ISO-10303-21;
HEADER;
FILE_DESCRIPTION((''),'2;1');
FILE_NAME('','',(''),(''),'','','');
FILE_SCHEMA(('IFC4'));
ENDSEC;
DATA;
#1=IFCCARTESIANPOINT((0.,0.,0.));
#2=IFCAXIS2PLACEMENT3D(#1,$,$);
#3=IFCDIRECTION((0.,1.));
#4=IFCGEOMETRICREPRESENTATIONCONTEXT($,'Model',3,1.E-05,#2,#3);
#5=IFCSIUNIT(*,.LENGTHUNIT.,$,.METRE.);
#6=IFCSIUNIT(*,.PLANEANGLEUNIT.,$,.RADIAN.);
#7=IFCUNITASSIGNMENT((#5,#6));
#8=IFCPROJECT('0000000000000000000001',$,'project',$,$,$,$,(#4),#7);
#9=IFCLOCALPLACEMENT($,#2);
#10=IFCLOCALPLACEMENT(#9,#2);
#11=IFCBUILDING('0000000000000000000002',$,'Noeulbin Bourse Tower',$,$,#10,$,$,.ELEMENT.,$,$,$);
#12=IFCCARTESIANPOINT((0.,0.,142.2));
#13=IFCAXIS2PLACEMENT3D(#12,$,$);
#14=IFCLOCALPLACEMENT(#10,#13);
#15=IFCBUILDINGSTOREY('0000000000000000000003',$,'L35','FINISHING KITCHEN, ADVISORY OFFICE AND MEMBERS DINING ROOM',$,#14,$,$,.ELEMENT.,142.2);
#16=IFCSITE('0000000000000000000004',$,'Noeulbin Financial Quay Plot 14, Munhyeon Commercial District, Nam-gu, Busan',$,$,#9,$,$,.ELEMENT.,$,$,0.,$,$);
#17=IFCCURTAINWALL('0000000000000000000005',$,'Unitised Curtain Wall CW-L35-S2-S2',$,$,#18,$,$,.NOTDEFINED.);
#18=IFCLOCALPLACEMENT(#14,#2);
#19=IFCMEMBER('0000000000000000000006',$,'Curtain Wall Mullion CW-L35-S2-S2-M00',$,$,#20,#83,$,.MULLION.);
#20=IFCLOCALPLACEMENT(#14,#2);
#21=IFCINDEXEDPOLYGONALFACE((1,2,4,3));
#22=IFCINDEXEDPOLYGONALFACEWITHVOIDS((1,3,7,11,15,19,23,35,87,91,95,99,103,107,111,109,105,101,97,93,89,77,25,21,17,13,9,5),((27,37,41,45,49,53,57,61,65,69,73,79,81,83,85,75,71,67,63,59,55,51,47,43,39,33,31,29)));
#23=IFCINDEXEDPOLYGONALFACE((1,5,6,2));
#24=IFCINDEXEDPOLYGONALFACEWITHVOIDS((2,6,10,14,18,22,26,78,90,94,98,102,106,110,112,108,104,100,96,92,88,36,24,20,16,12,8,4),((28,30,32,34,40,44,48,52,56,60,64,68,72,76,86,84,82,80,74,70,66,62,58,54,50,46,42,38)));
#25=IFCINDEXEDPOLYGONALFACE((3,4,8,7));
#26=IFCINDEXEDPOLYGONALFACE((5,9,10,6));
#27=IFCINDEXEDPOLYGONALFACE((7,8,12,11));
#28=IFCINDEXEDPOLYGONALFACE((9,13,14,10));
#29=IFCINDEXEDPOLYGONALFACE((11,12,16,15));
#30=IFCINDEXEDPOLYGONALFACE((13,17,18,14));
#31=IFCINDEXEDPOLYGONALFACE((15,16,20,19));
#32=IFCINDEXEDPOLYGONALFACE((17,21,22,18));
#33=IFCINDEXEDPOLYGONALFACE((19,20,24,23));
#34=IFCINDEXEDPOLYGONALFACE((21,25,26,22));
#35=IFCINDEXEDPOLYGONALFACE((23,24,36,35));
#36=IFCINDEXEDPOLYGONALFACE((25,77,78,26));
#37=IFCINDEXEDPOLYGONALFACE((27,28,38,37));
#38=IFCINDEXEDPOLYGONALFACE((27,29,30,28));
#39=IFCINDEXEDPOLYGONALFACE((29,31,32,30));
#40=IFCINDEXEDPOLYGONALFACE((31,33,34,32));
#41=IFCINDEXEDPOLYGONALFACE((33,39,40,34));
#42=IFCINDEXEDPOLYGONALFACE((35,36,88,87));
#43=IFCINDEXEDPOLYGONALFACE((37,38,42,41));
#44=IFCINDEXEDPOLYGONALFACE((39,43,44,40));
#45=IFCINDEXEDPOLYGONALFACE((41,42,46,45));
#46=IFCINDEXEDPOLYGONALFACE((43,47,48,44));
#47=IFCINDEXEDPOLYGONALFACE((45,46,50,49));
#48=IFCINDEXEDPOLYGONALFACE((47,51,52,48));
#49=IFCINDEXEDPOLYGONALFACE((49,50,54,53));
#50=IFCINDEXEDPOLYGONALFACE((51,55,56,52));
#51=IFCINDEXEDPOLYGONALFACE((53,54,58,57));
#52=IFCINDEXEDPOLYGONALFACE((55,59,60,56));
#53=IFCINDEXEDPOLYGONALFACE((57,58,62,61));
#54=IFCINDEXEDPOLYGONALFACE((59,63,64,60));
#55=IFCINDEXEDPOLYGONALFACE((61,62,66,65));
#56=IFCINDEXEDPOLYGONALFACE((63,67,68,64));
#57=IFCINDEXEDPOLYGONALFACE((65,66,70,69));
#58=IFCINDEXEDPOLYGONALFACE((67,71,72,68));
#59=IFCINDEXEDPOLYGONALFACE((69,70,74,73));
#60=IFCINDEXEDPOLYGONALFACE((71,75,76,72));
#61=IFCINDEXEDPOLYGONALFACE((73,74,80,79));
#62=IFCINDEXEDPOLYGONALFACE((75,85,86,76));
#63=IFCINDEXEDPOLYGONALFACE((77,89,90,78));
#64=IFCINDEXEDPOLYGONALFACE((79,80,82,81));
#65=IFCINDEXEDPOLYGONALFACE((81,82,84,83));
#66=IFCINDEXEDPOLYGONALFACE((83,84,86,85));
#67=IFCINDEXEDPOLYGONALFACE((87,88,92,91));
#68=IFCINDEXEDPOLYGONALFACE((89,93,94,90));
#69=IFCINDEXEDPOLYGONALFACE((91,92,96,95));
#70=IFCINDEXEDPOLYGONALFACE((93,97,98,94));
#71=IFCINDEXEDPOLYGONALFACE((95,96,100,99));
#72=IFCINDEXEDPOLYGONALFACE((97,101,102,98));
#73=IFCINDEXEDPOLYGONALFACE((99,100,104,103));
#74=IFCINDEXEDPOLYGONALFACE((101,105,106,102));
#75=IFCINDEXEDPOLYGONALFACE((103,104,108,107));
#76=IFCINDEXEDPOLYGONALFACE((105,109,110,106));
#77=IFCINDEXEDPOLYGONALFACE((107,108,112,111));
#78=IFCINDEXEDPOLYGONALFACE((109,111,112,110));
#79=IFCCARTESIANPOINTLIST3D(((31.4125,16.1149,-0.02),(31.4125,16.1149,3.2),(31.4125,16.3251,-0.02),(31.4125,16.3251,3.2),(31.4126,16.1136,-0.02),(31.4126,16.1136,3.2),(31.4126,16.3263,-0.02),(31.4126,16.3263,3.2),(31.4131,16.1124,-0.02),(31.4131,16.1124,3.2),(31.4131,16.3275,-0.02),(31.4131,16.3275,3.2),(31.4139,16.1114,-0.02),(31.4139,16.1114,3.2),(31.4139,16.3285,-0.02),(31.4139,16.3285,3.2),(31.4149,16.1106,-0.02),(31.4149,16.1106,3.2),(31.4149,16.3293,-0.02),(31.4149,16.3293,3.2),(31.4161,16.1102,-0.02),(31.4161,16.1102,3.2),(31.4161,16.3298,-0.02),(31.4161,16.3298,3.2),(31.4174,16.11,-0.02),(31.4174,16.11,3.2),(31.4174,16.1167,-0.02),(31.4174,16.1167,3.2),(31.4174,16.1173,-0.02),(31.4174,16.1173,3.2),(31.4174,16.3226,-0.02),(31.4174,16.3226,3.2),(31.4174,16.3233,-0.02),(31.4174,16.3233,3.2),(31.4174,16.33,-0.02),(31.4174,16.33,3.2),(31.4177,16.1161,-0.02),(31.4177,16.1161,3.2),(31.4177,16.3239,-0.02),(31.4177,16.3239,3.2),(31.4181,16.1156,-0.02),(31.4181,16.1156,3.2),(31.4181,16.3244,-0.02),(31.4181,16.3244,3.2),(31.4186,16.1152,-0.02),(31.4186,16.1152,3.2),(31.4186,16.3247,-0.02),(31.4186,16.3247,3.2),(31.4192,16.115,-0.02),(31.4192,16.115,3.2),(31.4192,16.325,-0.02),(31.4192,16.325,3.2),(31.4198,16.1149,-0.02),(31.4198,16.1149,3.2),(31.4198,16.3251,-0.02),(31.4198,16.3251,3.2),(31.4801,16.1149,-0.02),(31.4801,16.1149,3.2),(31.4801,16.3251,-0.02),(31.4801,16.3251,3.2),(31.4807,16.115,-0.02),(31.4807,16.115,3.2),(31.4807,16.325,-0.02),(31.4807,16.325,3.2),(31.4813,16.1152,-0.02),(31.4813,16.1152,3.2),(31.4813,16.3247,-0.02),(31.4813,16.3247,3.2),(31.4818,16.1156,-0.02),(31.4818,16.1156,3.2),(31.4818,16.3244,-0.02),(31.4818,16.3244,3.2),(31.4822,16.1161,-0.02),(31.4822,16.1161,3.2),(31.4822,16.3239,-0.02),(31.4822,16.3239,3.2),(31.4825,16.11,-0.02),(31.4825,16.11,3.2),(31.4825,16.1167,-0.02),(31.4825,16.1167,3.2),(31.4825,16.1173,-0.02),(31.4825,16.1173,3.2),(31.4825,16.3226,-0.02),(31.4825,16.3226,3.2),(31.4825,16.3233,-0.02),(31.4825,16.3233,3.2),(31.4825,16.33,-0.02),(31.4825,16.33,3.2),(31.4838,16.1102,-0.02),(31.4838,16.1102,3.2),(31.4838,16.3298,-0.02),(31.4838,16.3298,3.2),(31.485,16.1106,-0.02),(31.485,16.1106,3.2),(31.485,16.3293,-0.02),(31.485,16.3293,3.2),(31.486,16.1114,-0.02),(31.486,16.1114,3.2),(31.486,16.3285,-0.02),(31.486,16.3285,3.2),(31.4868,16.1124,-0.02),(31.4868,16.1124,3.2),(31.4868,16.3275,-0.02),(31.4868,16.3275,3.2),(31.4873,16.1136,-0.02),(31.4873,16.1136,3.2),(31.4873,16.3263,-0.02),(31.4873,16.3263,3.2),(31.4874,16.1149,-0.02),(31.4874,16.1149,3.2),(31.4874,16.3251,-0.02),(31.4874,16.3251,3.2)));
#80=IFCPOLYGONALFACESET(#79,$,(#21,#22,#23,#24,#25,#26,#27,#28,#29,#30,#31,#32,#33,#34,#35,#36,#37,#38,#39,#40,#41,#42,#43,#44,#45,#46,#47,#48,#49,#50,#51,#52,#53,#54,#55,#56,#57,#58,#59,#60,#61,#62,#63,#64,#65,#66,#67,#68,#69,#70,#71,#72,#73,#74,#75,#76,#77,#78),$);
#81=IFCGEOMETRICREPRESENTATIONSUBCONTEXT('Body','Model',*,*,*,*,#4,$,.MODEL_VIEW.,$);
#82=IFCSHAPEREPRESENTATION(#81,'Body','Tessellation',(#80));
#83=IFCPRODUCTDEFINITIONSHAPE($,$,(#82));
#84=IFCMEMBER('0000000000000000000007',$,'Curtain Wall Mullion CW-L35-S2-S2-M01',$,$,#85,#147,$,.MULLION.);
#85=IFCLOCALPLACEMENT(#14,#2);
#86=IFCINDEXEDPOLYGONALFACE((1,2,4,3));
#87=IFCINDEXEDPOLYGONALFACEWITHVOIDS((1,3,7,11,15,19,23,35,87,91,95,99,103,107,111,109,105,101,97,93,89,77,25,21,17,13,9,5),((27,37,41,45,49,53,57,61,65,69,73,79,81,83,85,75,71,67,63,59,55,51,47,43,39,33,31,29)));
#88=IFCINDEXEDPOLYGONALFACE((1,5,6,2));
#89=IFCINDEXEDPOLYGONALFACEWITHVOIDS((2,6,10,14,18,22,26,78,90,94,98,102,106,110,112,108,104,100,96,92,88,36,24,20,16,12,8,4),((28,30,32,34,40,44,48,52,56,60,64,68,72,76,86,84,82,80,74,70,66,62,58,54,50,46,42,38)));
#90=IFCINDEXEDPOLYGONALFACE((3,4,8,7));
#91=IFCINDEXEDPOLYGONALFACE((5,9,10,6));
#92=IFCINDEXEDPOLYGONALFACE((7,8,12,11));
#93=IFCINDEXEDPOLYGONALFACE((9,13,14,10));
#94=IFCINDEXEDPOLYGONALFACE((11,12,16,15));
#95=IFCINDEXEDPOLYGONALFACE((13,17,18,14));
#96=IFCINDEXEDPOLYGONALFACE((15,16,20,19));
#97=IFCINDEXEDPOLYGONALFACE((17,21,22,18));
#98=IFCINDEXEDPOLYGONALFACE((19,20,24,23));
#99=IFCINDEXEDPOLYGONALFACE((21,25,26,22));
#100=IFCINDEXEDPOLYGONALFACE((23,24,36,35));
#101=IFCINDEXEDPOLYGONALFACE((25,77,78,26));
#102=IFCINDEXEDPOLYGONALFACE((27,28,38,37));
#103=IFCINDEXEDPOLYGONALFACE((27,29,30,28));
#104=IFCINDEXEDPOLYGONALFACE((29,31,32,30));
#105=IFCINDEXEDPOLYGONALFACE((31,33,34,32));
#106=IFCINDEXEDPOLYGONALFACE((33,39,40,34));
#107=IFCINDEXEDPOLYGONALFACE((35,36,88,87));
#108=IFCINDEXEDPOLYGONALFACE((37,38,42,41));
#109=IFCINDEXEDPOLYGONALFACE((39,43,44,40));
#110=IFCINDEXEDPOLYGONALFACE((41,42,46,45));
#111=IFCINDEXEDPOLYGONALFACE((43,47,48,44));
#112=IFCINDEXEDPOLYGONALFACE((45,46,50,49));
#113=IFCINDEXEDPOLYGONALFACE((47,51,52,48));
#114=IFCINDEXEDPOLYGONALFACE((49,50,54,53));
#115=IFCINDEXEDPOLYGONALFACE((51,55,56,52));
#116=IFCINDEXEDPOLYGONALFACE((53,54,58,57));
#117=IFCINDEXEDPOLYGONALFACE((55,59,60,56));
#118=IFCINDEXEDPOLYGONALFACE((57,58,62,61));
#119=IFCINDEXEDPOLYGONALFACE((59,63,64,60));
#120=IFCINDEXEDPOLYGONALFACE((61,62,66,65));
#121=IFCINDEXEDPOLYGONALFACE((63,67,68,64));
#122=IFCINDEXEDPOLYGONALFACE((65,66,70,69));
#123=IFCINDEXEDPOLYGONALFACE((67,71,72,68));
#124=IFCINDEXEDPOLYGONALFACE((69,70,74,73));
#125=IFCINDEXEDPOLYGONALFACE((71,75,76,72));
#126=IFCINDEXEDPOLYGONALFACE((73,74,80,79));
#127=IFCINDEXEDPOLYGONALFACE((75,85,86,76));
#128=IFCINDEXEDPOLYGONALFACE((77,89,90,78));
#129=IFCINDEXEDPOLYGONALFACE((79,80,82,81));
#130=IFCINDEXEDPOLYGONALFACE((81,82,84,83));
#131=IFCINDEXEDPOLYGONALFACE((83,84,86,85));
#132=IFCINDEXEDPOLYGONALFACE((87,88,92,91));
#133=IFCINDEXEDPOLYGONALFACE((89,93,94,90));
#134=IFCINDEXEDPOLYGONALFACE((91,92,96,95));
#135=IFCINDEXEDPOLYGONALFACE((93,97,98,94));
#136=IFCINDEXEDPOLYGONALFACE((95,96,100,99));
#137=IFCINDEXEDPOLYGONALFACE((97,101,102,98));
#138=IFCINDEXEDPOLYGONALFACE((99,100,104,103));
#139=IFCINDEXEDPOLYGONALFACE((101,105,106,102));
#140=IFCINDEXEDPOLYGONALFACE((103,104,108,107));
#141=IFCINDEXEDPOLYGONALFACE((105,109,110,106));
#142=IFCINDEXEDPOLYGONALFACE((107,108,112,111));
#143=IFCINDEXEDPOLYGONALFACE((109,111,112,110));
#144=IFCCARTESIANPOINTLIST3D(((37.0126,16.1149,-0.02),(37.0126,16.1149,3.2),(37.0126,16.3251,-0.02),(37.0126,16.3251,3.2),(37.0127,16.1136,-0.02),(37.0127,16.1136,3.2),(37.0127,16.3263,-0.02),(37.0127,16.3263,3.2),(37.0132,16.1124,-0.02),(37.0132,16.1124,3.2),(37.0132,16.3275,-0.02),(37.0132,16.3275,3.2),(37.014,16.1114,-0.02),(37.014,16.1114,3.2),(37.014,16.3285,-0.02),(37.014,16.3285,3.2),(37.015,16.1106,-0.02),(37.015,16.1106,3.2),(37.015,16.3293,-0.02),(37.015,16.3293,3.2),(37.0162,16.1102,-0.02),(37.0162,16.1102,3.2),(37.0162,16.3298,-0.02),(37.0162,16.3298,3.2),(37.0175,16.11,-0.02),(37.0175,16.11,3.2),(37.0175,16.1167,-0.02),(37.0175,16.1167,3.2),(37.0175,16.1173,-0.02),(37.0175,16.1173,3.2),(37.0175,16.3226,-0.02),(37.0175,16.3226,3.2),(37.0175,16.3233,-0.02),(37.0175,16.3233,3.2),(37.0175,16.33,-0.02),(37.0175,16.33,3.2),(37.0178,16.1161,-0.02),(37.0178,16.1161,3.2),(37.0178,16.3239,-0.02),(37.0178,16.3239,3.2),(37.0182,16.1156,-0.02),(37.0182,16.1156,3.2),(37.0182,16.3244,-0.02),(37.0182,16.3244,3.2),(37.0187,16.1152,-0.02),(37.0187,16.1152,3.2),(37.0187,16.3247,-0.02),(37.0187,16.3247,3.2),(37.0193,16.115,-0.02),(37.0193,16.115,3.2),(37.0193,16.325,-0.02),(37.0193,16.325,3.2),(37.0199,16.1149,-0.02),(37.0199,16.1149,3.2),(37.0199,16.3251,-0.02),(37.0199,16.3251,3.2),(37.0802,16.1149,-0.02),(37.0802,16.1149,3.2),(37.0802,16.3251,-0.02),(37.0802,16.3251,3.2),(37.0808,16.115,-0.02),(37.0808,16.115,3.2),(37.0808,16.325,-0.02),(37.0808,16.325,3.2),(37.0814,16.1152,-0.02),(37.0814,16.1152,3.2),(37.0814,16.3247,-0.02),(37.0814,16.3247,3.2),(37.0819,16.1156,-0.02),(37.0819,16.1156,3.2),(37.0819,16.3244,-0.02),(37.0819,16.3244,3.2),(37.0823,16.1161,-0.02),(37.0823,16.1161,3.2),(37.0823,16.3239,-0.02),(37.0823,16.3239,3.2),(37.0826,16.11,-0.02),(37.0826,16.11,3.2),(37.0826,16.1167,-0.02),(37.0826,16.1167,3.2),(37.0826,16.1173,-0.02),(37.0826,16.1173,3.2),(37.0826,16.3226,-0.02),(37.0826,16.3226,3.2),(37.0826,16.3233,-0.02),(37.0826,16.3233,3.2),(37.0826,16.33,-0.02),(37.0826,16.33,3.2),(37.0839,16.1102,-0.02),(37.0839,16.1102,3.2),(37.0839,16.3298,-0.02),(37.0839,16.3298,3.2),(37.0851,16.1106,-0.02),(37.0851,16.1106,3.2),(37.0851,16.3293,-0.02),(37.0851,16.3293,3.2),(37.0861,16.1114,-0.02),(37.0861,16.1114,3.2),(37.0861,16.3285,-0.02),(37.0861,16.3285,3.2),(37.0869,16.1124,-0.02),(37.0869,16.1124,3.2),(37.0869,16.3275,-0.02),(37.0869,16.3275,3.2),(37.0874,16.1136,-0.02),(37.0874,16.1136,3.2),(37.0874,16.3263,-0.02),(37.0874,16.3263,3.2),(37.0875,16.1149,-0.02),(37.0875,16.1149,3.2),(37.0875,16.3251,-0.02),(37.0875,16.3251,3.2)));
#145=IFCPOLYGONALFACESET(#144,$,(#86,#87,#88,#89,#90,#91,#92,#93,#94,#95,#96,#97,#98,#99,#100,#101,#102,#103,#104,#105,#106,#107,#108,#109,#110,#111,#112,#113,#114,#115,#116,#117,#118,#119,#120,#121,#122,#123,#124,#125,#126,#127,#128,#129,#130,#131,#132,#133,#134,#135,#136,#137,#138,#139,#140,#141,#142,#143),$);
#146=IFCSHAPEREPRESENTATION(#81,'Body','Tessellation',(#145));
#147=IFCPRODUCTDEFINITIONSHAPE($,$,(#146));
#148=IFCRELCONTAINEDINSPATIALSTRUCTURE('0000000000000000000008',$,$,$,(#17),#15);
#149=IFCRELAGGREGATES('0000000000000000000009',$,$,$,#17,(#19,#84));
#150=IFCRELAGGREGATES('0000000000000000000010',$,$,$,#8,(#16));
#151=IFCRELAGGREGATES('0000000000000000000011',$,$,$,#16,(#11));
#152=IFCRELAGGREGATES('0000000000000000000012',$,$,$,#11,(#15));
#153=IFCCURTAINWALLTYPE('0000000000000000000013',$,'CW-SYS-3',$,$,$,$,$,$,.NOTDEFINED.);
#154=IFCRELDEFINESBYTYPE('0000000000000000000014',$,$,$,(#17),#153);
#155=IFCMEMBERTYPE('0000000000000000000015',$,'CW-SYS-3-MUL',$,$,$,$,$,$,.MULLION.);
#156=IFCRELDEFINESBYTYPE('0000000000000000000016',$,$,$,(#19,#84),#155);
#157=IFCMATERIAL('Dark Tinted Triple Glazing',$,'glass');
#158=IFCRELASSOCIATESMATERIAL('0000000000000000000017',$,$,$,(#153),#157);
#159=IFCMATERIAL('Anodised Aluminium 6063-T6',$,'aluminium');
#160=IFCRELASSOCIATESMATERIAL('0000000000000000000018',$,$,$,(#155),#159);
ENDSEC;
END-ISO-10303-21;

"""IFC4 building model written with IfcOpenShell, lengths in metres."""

from ifc_helpers import new_model, si_unit, direction, frame, origin, origin_2d, place, context, subcontext, project, spatial, hollow_rectangle, extrude, material, material_profile, profile_set, type_object, element, aggregate, save


model = new_model("IFC4")

# Units and contexts
model_context = context("Model", 3, precision=1e-05, world=origin(), true_north=direction((0.0, 1.0)))
body_context = subcontext(model_context, "Body", "Model", "MODEL_VIEW")
ifc_project = project(units=[si_unit("LENGTHUNIT", "METRE"), si_unit("PLANEANGLEUNIT", "RADIAN")], contexts=[model_context])

# Site, building, storey
site_placement = place(None, origin())
site = spatial("IfcSite", under=ifc_project, at=site_placement, Name="Noeulbin Financial Quay Plot 14, Munhyeon Commercial District, Nam-gu, Busan", CompositionType="ELEMENT", RefElevation=0.0)
building_placement = place(site_placement, origin())
building = spatial("IfcBuilding", under=site, at=building_placement, Name="Noeulbin Bourse Tower", CompositionType="ELEMENT")
storey_placement = place(building_placement, frame((0.0, 0.0, 142.2)))
storey = spatial("IfcBuildingStorey", under=building, at=storey_placement, Name="L35", Description="FINISHING KITCHEN, ADVISORY OFFICE AND MEMBERS DINING ROOM", CompositionType="ELEMENT", Elevation=142.2)

# Curtain wall, members
ifc_material_1 = material(Name="Dark Tinted Triple Glazing", Category="glass")
curtain_wall_type = type_object("IfcCurtainWallType", Name="CW-SYS-3", PredefinedType="NOTDEFINED", material=ifc_material_1)
ifc_material_2 = material(Name="Anodised Aluminium 6063-T6", Category="aluminium")
ifc_material_profile_1 = material_profile(ifc_material_2, hollow_rectangle(XDim=0.075, YDim=0.22, WallThickness=0.0049, InnerFilletRadius=0.0024, OuterFilletRadius=0.0049, at=origin_2d()), Name="ALU-MULL-75x220x5", Category="LoadBearing")
ifc_profile_set_1 = profile_set([ifc_material_profile_1], Name="Anodised Aluminium 6063-T6")
member_type_1 = type_object("IfcMemberType", Name="CW-SYS-3-MUL", PredefinedType="MULLION", material=ifc_profile_set_1)
curtain_wall_1_placement = place(storey_placement, origin())
curtain_wall_1 = element("IfcCurtainWall", 1, at=curtain_wall_1_placement, inside=storey, type_object=curtain_wall_type, Name="Unitised Curtain Wall CW-L35-S2-S2", PredefinedType="NOTDEFINED")
member_1_placement = place(storey_placement, frame((31.45, 16.22, -0.02), z_axis=(0.0, 0.0, 1.0), x_axis=(1.0, 0.0, 0.0)))
member_1 = element("IfcMember", 2, at=member_1_placement, type_object=member_type_1, Name="Curtain Wall Mullion CW-L35-S2-S2-M00", PredefinedType="MULLION", context=body_context, shape_type="SweptSolid", body=[
    extrude(hollow_rectangle(XDim=0.075, YDim=0.22, WallThickness=0.0049, InnerFilletRadius=0.0024, OuterFilletRadius=0.0049, at=origin_2d()), origin(), (0.0, 0.0, 1.0), 3.22),
])
member_2_placement = place(storey_placement, frame((37.05, 16.22, -0.02), z_axis=(0.0, 0.0, 1.0), x_axis=(1.0, 0.0, 0.0)))
member_2 = element("IfcMember", 3, at=member_2_placement, type_object=member_type_1, Name="Curtain Wall Mullion CW-L35-S2-S2-M01", PredefinedType="MULLION", context=body_context, shape_type="SweptSolid", body=[
    extrude(hollow_rectangle(XDim=0.075, YDim=0.22, WallThickness=0.0049, InnerFilletRadius=0.0024, OuterFilletRadius=0.0049, at=origin_2d()), origin(), (0.0, 0.0, 1.0), 3.22),
])

aggregate(curtain_wall_1, [member_1, member_2])

save(model, "model.ifc")
